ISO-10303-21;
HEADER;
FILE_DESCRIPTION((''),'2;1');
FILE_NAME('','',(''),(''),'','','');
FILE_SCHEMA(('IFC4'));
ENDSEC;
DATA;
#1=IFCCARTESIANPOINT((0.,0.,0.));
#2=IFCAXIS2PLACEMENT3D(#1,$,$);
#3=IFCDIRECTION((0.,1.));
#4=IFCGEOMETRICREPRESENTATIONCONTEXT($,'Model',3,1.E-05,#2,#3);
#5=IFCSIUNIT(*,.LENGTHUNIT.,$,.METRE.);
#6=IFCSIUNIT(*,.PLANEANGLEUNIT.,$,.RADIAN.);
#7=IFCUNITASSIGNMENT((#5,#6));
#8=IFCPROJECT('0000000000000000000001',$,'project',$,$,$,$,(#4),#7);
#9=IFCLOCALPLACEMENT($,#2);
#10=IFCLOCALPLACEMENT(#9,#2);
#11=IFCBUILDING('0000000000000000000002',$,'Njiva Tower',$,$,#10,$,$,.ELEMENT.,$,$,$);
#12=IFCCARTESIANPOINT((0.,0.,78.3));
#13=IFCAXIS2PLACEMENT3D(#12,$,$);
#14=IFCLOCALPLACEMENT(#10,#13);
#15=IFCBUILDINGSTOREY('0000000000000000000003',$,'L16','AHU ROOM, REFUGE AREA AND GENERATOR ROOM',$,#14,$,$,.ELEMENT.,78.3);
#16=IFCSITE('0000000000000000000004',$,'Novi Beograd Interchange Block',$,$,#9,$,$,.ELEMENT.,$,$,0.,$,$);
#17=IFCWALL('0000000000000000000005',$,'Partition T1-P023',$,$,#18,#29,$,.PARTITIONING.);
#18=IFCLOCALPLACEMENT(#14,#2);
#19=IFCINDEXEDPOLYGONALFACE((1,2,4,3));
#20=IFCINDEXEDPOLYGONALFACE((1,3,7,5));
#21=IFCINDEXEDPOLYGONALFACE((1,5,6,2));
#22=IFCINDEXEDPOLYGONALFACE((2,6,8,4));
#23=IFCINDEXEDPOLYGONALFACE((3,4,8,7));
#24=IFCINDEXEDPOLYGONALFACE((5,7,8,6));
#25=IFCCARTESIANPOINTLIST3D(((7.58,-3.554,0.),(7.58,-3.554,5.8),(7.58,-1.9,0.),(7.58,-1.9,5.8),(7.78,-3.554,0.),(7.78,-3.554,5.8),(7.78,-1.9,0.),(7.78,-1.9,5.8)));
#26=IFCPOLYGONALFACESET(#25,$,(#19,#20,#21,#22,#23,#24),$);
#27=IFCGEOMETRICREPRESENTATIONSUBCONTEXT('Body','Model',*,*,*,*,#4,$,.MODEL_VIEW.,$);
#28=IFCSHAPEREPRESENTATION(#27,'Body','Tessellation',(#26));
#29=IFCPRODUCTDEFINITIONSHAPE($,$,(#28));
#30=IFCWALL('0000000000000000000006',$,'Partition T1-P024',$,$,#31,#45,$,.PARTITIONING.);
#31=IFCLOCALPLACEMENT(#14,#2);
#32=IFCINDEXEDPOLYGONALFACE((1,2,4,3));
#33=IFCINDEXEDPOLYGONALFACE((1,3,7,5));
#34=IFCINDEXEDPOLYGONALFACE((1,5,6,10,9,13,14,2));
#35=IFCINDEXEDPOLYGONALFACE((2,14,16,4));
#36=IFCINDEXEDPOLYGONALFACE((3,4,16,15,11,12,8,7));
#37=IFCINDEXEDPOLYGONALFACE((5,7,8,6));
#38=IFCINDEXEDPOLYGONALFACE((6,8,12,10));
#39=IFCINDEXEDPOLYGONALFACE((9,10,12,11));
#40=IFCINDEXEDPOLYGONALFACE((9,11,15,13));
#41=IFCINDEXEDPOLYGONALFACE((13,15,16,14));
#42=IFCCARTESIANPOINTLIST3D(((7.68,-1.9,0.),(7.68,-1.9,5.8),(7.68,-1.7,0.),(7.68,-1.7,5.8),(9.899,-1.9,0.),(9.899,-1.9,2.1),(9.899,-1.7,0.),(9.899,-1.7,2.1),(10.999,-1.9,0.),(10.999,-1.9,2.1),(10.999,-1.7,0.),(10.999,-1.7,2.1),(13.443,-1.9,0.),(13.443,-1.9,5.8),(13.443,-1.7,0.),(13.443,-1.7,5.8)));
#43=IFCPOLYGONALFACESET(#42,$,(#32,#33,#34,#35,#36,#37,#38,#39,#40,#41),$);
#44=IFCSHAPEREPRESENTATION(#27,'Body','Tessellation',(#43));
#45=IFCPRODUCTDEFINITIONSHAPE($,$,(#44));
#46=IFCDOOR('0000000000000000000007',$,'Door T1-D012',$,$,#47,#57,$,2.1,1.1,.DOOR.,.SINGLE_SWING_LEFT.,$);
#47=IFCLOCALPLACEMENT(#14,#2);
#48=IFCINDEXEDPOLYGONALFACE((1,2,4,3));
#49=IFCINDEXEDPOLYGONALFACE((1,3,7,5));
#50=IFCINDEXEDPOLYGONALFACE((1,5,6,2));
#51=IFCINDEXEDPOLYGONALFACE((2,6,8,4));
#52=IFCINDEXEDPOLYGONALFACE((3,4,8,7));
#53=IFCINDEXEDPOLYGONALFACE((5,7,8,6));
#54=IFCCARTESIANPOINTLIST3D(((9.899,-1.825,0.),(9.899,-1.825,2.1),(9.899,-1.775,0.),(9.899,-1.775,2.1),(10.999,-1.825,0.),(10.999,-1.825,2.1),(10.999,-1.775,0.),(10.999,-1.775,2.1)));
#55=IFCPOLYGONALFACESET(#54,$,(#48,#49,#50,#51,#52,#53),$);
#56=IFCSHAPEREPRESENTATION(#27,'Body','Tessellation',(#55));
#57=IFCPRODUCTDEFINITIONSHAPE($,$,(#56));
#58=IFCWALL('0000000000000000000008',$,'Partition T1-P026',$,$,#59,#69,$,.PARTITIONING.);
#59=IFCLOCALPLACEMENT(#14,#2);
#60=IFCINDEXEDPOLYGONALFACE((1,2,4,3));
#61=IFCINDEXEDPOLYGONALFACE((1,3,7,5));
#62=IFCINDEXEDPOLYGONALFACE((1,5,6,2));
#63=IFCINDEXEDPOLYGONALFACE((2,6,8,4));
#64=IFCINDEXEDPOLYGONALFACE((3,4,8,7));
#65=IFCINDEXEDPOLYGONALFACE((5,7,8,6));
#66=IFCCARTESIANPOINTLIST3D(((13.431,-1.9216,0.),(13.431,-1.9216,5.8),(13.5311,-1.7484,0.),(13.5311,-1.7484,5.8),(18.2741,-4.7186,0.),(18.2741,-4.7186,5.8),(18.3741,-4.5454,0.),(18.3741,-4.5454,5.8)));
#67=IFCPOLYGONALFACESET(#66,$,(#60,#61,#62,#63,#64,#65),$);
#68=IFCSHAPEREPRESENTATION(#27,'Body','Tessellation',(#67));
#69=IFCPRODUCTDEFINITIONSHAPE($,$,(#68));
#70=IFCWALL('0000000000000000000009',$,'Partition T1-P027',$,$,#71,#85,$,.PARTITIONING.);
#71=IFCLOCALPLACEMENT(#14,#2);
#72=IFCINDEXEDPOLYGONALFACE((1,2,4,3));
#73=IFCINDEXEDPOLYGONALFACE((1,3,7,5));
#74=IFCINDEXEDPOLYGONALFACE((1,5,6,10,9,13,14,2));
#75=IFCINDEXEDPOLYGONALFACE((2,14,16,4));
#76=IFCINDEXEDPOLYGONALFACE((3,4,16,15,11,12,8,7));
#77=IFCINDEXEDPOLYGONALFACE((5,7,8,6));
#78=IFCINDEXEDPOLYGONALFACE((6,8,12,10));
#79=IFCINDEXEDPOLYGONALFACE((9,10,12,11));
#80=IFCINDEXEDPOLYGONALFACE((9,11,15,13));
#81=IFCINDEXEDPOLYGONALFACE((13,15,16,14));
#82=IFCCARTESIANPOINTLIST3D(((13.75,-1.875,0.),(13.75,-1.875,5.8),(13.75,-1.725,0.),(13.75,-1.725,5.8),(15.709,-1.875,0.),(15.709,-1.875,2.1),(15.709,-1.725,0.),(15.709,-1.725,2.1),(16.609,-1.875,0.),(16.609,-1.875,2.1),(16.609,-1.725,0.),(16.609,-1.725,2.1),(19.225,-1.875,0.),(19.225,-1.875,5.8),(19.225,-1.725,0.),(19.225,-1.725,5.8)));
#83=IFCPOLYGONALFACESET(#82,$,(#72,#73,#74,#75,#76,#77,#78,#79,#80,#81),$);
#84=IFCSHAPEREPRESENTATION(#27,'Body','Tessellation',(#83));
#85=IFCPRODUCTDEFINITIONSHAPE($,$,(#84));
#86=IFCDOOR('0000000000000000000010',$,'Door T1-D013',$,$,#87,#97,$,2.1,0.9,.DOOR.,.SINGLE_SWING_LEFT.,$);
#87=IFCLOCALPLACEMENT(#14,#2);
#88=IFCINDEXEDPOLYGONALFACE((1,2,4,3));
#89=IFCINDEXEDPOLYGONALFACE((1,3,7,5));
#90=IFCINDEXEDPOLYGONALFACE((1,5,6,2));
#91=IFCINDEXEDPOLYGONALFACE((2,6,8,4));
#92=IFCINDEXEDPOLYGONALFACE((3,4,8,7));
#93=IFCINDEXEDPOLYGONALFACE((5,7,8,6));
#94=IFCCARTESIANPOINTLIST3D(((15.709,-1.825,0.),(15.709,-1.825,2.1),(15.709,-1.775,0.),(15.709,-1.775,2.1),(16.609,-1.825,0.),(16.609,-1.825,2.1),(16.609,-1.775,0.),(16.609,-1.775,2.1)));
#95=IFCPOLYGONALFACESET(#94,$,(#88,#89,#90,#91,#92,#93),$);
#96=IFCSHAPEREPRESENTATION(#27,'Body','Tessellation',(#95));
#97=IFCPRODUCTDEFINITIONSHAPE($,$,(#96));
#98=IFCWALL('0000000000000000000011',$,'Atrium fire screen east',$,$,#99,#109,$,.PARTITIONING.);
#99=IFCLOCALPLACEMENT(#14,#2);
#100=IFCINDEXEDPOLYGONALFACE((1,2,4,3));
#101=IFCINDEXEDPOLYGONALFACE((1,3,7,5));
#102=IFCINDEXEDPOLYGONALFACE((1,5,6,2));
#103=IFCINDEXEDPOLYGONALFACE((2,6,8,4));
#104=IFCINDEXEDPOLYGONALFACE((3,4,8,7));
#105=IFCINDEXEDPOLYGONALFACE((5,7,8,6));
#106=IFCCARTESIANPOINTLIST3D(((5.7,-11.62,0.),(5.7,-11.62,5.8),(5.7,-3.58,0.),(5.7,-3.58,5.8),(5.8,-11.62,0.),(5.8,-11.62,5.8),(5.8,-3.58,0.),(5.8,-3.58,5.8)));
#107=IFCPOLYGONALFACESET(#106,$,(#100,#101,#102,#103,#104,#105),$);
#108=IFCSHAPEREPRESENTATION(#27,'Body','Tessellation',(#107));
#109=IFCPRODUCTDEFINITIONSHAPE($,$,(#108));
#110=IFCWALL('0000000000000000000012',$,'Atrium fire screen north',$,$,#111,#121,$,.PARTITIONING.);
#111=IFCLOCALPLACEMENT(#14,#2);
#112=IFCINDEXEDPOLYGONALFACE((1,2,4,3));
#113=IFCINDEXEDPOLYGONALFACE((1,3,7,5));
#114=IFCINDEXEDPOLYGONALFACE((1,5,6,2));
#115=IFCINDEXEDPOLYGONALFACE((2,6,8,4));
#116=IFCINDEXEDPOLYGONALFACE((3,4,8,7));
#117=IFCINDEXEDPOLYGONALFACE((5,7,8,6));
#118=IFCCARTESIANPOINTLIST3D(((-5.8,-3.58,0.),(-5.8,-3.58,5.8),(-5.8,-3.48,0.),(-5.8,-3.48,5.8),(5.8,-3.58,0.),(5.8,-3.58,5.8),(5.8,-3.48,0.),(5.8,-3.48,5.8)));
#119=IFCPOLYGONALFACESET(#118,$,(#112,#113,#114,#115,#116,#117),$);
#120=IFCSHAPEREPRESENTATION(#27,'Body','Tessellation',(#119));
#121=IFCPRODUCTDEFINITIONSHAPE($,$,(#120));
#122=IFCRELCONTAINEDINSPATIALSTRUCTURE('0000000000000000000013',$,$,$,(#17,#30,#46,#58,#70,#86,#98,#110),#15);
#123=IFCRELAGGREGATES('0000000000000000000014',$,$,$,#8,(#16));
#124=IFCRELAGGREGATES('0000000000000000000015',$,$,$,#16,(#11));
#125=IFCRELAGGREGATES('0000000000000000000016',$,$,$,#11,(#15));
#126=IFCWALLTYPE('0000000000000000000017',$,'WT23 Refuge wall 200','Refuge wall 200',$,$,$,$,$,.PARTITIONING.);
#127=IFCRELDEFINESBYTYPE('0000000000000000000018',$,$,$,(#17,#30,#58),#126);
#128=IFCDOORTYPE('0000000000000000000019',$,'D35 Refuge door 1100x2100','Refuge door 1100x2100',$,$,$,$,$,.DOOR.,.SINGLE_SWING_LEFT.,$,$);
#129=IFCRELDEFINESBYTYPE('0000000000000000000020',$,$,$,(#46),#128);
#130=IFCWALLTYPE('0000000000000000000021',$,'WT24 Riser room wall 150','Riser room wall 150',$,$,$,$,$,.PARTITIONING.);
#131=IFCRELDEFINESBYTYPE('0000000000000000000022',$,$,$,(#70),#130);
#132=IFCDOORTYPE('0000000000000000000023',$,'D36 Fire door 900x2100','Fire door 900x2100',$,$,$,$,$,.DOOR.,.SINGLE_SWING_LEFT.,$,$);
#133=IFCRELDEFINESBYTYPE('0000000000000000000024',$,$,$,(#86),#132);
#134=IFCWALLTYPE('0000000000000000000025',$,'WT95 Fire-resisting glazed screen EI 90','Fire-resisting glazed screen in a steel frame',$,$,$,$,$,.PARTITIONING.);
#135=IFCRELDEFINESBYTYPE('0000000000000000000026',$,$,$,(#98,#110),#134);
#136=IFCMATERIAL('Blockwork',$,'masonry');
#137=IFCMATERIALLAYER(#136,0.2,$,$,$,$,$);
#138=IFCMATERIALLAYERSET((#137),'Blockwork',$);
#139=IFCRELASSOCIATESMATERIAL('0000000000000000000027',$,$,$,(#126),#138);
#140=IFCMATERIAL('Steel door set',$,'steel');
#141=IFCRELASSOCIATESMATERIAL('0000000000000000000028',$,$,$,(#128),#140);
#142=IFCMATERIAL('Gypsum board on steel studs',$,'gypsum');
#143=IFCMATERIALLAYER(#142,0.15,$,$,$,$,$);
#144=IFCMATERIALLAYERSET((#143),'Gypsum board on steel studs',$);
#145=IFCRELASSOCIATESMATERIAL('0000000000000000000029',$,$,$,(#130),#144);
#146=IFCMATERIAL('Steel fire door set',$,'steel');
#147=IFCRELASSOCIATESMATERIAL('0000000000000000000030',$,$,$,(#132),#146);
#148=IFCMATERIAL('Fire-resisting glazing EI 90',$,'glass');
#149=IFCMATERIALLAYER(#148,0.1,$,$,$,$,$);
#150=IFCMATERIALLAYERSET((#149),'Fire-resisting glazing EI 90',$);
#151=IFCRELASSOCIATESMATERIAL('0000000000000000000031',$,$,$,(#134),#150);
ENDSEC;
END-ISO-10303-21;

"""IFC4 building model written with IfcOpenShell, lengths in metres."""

from ifc_helpers import new_model, si_unit, direction, frame, frame_2d, origin, place, context, subcontext, project, spatial, rectangle, extrude, material, layer, layer_set, type_object, element, fill, save


model = new_model("IFC4")

# Units and contexts
model_context = context("Model", 3, precision=1e-05, world=origin(), true_north=direction((0.0, 1.0)))
body_context = subcontext(model_context, "Body", "Model", "MODEL_VIEW")
ifc_project = project(units=[si_unit("LENGTHUNIT", "METRE"), si_unit("PLANEANGLEUNIT", "RADIAN")], contexts=[model_context])

# Site, building, storey
site_placement = place(None, origin())
site = spatial("IfcSite", under=ifc_project, at=site_placement, Name="Novi Beograd Interchange Block", CompositionType="ELEMENT", RefElevation=0.0)
building_placement = place(site_placement, origin())
building = spatial("IfcBuilding", under=site, at=building_placement, Name="Njiva Tower", CompositionType="ELEMENT")
storey_placement = place(building_placement, frame((0.0, 0.0, 78.3)))
storey = spatial("IfcBuildingStorey", under=building, at=storey_placement, Name="L16", Description="AHU ROOM, REFUGE AREA AND GENERATOR ROOM", CompositionType="ELEMENT", Elevation=78.3)

# Wall
ifc_material_1 = material(Name="Blockwork", Category="masonry")
ifc_layer_1 = layer(ifc_material_1, 0.2)
ifc_layer_set_1 = layer_set([ifc_layer_1], Name="Blockwork")
wall_type_1 = type_object("IfcWallType", Name="WT23 Refuge wall 200", Description="Refuge wall 200", PredefinedType="PARTITIONING", material=ifc_layer_set_1)
wall_1_placement = place(storey_placement, frame((7.68, -3.554, 0.0), z_axis=(0.0, 0.0, 1.0), x_axis=(0.0, 1.0, 0.0)))
element("IfcWall", 1, at=wall_1_placement, inside=storey, type_object=wall_type_1, Name="Partition T1-P023", PredefinedType="PARTITIONING", context=body_context, shape_type="SweptSolid", body=[
    extrude(rectangle(XDim=1.654, YDim=0.2, at=frame_2d((0.827, 0.0))), origin(), (0.0, 0.0, 1.0), 5.8),
])

# Wall, opening, door
wall_2_placement = place(storey_placement, frame((7.68, -1.8, 0.0), z_axis=(0.0, 0.0, 1.0), x_axis=(1.0, 0.0, 0.0)))
wall_2 = element("IfcWall", 2, at=wall_2_placement, inside=storey, type_object=wall_type_1, Name="Partition T1-P024", PredefinedType="PARTITIONING", context=body_context, shape_type="SweptSolid", body=[
    extrude(rectangle(XDim=5.763, YDim=0.2, at=frame_2d((2.8815, 0.0))), origin(), (0.0, 0.0, 1.0), 5.8),
])
opening_1_placement = place(wall_2_placement, frame((2.219, 0.0, 0.0)))
opening_1 = element("IfcOpeningElement", 3, at=opening_1_placement, cuts=wall_2, PredefinedType="OPENING", context=body_context, shape_type="SweptSolid", body=[
    extrude(rectangle(XDim=1.1, YDim=2.1, at=frame_2d((0.55, 1.05))), frame((0.0, 0.11, 0.0), z_axis=(0.0, -1.0, 0.0), x_axis=(1.0, 0.0, 0.0)), (0.0, 0.0, 1.0), 0.22),
])
ifc_material_2 = material(Name="Steel door set", Category="steel")
door_type_1 = type_object("IfcDoorType", Name="D35 Refuge door 1100x2100", Description="Refuge door 1100x2100", OperationType="SINGLE_SWING_LEFT", PredefinedType="DOOR", material=ifc_material_2)
door_1_placement = place(opening_1_placement, origin())
door_1 = element("IfcDoor", 4, at=door_1_placement, inside=storey, type_object=door_type_1, Name="Door T1-D012", OperationType="SINGLE_SWING_LEFT", OverallHeight=2.1, OverallWidth=1.1, PredefinedType="DOOR", context=body_context, shape_type="SweptSolid", body=[
    extrude(rectangle(XDim=1.1, YDim=2.1, at=frame_2d((0.55, 1.05))), frame((0.0, 0.025, 0.0), z_axis=(0.0, -1.0, 0.0), x_axis=(1.0, 0.0, 0.0)), (0.0, 0.0, 1.0), 0.05),
])
fill(opening_1, door_1)

# Wall
wall_3_placement = place(storey_placement, frame((13.481, -1.835, 0.0), z_axis=(0.0, 0.0, 1.0), x_axis=(0.865956, -0.50012, 0.0)))
element("IfcWall", 5, at=wall_3_placement, inside=storey, type_object=wall_type_1, Name="Partition T1-P026", PredefinedType="PARTITIONING", context=body_context, shape_type="SweptSolid", body=[
    extrude(rectangle(XDim=5.5927, YDim=0.2, at=frame_2d((2.7964, 0.0))), origin(), (0.0, 0.0, 1.0), 5.8),
])

# Wall, opening, door
ifc_material_3 = material(Name="Gypsum board on steel studs", Category="gypsum")
ifc_layer_2 = layer(ifc_material_3, 0.15)
ifc_layer_set_2 = layer_set([ifc_layer_2], Name="Gypsum board on steel studs")
wall_type_2 = type_object("IfcWallType", Name="WT24 Riser room wall 150", Description="Riser room wall 150", PredefinedType="PARTITIONING", material=ifc_layer_set_2)
wall_4_placement = place(storey_placement, frame((13.75, -1.8, 0.0), z_axis=(0.0, 0.0, 1.0), x_axis=(1.0, 0.0, 0.0)))
wall_4 = element("IfcWall", 6, at=wall_4_placement, inside=storey, type_object=wall_type_2, Name="Partition T1-P027", PredefinedType="PARTITIONING", context=body_context, shape_type="SweptSolid", body=[
    extrude(rectangle(XDim=5.475, YDim=0.15, at=frame_2d((2.7375, 0.0))), origin(), (0.0, 0.0, 1.0), 5.8),
])
opening_2_placement = place(wall_4_placement, frame((1.959, 0.0, 0.0)))
opening_2 = element("IfcOpeningElement", 7, at=opening_2_placement, cuts=wall_4, PredefinedType="OPENING", context=body_context, shape_type="SweptSolid", body=[
    extrude(rectangle(XDim=0.9, YDim=2.1, at=frame_2d((0.45, 1.05))), frame((0.0, 0.085, 0.0), z_axis=(0.0, -1.0, 0.0), x_axis=(1.0, 0.0, 0.0)), (0.0, 0.0, 1.0), 0.17),
])
ifc_material_4 = material(Name="Steel fire door set", Category="steel")
door_type_2 = type_object("IfcDoorType", Name="D36 Fire door 900x2100", Description="Fire door 900x2100", OperationType="SINGLE_SWING_LEFT", PredefinedType="DOOR", material=ifc_material_4)
door_2_placement = place(opening_2_placement, origin())
door_2 = element("IfcDoor", 8, at=door_2_placement, inside=storey, type_object=door_type_2, Name="Door T1-D013", OperationType="SINGLE_SWING_LEFT", OverallHeight=2.1, OverallWidth=0.9, PredefinedType="DOOR", context=body_context, shape_type="SweptSolid", body=[
    extrude(rectangle(XDim=0.9, YDim=2.1, at=frame_2d((0.45, 1.05))), frame((0.0, 0.025, 0.0), z_axis=(0.0, -1.0, 0.0), x_axis=(1.0, 0.0, 0.0)), (0.0, 0.0, 1.0), 0.05),
])
fill(opening_2, door_2)

# Walls
ifc_material_5 = material(Name="Fire-resisting glazing EI 90", Category="glass")
ifc_layer_3 = layer(ifc_material_5, 0.1)
ifc_layer_set_3 = layer_set([ifc_layer_3], Name="Fire-resisting glazing EI 90")
wall_type_3 = type_object("IfcWallType", Name="WT95 Fire-resisting glazed screen EI 90", Description="Fire-resisting glazed screen in a steel frame", PredefinedType="PARTITIONING", material=ifc_layer_set_3)
wall_5_placement = place(storey_placement, frame((5.75, -11.62, 0.0), z_axis=(0.0, 0.0, 1.0), x_axis=(0.0, 1.0, 0.0)))
element("IfcWall", 9, at=wall_5_placement, inside=storey, type_object=wall_type_3, Name="Atrium fire screen east", PredefinedType="PARTITIONING", context=body_context, shape_type="SweptSolid", body=[
    extrude(rectangle(XDim=8.04, YDim=0.1, at=frame_2d((4.02, 0.0))), origin(), (0.0, 0.0, 1.0), 5.8),
])
wall_6_placement = place(storey_placement, frame((5.8, -3.53, 0.0), z_axis=(0.0, 0.0, 1.0), x_axis=(-1.0, 0.0, 0.0)))
element("IfcWall", 10, at=wall_6_placement, inside=storey, type_object=wall_type_3, Name="Atrium fire screen north", PredefinedType="PARTITIONING", context=body_context, shape_type="SweptSolid", body=[
    extrude(rectangle(XDim=11.6, YDim=0.1, at=frame_2d((5.8, 0.0))), origin(), (0.0, 0.0, 1.0), 5.8),
])

save(model, "model.ifc")
